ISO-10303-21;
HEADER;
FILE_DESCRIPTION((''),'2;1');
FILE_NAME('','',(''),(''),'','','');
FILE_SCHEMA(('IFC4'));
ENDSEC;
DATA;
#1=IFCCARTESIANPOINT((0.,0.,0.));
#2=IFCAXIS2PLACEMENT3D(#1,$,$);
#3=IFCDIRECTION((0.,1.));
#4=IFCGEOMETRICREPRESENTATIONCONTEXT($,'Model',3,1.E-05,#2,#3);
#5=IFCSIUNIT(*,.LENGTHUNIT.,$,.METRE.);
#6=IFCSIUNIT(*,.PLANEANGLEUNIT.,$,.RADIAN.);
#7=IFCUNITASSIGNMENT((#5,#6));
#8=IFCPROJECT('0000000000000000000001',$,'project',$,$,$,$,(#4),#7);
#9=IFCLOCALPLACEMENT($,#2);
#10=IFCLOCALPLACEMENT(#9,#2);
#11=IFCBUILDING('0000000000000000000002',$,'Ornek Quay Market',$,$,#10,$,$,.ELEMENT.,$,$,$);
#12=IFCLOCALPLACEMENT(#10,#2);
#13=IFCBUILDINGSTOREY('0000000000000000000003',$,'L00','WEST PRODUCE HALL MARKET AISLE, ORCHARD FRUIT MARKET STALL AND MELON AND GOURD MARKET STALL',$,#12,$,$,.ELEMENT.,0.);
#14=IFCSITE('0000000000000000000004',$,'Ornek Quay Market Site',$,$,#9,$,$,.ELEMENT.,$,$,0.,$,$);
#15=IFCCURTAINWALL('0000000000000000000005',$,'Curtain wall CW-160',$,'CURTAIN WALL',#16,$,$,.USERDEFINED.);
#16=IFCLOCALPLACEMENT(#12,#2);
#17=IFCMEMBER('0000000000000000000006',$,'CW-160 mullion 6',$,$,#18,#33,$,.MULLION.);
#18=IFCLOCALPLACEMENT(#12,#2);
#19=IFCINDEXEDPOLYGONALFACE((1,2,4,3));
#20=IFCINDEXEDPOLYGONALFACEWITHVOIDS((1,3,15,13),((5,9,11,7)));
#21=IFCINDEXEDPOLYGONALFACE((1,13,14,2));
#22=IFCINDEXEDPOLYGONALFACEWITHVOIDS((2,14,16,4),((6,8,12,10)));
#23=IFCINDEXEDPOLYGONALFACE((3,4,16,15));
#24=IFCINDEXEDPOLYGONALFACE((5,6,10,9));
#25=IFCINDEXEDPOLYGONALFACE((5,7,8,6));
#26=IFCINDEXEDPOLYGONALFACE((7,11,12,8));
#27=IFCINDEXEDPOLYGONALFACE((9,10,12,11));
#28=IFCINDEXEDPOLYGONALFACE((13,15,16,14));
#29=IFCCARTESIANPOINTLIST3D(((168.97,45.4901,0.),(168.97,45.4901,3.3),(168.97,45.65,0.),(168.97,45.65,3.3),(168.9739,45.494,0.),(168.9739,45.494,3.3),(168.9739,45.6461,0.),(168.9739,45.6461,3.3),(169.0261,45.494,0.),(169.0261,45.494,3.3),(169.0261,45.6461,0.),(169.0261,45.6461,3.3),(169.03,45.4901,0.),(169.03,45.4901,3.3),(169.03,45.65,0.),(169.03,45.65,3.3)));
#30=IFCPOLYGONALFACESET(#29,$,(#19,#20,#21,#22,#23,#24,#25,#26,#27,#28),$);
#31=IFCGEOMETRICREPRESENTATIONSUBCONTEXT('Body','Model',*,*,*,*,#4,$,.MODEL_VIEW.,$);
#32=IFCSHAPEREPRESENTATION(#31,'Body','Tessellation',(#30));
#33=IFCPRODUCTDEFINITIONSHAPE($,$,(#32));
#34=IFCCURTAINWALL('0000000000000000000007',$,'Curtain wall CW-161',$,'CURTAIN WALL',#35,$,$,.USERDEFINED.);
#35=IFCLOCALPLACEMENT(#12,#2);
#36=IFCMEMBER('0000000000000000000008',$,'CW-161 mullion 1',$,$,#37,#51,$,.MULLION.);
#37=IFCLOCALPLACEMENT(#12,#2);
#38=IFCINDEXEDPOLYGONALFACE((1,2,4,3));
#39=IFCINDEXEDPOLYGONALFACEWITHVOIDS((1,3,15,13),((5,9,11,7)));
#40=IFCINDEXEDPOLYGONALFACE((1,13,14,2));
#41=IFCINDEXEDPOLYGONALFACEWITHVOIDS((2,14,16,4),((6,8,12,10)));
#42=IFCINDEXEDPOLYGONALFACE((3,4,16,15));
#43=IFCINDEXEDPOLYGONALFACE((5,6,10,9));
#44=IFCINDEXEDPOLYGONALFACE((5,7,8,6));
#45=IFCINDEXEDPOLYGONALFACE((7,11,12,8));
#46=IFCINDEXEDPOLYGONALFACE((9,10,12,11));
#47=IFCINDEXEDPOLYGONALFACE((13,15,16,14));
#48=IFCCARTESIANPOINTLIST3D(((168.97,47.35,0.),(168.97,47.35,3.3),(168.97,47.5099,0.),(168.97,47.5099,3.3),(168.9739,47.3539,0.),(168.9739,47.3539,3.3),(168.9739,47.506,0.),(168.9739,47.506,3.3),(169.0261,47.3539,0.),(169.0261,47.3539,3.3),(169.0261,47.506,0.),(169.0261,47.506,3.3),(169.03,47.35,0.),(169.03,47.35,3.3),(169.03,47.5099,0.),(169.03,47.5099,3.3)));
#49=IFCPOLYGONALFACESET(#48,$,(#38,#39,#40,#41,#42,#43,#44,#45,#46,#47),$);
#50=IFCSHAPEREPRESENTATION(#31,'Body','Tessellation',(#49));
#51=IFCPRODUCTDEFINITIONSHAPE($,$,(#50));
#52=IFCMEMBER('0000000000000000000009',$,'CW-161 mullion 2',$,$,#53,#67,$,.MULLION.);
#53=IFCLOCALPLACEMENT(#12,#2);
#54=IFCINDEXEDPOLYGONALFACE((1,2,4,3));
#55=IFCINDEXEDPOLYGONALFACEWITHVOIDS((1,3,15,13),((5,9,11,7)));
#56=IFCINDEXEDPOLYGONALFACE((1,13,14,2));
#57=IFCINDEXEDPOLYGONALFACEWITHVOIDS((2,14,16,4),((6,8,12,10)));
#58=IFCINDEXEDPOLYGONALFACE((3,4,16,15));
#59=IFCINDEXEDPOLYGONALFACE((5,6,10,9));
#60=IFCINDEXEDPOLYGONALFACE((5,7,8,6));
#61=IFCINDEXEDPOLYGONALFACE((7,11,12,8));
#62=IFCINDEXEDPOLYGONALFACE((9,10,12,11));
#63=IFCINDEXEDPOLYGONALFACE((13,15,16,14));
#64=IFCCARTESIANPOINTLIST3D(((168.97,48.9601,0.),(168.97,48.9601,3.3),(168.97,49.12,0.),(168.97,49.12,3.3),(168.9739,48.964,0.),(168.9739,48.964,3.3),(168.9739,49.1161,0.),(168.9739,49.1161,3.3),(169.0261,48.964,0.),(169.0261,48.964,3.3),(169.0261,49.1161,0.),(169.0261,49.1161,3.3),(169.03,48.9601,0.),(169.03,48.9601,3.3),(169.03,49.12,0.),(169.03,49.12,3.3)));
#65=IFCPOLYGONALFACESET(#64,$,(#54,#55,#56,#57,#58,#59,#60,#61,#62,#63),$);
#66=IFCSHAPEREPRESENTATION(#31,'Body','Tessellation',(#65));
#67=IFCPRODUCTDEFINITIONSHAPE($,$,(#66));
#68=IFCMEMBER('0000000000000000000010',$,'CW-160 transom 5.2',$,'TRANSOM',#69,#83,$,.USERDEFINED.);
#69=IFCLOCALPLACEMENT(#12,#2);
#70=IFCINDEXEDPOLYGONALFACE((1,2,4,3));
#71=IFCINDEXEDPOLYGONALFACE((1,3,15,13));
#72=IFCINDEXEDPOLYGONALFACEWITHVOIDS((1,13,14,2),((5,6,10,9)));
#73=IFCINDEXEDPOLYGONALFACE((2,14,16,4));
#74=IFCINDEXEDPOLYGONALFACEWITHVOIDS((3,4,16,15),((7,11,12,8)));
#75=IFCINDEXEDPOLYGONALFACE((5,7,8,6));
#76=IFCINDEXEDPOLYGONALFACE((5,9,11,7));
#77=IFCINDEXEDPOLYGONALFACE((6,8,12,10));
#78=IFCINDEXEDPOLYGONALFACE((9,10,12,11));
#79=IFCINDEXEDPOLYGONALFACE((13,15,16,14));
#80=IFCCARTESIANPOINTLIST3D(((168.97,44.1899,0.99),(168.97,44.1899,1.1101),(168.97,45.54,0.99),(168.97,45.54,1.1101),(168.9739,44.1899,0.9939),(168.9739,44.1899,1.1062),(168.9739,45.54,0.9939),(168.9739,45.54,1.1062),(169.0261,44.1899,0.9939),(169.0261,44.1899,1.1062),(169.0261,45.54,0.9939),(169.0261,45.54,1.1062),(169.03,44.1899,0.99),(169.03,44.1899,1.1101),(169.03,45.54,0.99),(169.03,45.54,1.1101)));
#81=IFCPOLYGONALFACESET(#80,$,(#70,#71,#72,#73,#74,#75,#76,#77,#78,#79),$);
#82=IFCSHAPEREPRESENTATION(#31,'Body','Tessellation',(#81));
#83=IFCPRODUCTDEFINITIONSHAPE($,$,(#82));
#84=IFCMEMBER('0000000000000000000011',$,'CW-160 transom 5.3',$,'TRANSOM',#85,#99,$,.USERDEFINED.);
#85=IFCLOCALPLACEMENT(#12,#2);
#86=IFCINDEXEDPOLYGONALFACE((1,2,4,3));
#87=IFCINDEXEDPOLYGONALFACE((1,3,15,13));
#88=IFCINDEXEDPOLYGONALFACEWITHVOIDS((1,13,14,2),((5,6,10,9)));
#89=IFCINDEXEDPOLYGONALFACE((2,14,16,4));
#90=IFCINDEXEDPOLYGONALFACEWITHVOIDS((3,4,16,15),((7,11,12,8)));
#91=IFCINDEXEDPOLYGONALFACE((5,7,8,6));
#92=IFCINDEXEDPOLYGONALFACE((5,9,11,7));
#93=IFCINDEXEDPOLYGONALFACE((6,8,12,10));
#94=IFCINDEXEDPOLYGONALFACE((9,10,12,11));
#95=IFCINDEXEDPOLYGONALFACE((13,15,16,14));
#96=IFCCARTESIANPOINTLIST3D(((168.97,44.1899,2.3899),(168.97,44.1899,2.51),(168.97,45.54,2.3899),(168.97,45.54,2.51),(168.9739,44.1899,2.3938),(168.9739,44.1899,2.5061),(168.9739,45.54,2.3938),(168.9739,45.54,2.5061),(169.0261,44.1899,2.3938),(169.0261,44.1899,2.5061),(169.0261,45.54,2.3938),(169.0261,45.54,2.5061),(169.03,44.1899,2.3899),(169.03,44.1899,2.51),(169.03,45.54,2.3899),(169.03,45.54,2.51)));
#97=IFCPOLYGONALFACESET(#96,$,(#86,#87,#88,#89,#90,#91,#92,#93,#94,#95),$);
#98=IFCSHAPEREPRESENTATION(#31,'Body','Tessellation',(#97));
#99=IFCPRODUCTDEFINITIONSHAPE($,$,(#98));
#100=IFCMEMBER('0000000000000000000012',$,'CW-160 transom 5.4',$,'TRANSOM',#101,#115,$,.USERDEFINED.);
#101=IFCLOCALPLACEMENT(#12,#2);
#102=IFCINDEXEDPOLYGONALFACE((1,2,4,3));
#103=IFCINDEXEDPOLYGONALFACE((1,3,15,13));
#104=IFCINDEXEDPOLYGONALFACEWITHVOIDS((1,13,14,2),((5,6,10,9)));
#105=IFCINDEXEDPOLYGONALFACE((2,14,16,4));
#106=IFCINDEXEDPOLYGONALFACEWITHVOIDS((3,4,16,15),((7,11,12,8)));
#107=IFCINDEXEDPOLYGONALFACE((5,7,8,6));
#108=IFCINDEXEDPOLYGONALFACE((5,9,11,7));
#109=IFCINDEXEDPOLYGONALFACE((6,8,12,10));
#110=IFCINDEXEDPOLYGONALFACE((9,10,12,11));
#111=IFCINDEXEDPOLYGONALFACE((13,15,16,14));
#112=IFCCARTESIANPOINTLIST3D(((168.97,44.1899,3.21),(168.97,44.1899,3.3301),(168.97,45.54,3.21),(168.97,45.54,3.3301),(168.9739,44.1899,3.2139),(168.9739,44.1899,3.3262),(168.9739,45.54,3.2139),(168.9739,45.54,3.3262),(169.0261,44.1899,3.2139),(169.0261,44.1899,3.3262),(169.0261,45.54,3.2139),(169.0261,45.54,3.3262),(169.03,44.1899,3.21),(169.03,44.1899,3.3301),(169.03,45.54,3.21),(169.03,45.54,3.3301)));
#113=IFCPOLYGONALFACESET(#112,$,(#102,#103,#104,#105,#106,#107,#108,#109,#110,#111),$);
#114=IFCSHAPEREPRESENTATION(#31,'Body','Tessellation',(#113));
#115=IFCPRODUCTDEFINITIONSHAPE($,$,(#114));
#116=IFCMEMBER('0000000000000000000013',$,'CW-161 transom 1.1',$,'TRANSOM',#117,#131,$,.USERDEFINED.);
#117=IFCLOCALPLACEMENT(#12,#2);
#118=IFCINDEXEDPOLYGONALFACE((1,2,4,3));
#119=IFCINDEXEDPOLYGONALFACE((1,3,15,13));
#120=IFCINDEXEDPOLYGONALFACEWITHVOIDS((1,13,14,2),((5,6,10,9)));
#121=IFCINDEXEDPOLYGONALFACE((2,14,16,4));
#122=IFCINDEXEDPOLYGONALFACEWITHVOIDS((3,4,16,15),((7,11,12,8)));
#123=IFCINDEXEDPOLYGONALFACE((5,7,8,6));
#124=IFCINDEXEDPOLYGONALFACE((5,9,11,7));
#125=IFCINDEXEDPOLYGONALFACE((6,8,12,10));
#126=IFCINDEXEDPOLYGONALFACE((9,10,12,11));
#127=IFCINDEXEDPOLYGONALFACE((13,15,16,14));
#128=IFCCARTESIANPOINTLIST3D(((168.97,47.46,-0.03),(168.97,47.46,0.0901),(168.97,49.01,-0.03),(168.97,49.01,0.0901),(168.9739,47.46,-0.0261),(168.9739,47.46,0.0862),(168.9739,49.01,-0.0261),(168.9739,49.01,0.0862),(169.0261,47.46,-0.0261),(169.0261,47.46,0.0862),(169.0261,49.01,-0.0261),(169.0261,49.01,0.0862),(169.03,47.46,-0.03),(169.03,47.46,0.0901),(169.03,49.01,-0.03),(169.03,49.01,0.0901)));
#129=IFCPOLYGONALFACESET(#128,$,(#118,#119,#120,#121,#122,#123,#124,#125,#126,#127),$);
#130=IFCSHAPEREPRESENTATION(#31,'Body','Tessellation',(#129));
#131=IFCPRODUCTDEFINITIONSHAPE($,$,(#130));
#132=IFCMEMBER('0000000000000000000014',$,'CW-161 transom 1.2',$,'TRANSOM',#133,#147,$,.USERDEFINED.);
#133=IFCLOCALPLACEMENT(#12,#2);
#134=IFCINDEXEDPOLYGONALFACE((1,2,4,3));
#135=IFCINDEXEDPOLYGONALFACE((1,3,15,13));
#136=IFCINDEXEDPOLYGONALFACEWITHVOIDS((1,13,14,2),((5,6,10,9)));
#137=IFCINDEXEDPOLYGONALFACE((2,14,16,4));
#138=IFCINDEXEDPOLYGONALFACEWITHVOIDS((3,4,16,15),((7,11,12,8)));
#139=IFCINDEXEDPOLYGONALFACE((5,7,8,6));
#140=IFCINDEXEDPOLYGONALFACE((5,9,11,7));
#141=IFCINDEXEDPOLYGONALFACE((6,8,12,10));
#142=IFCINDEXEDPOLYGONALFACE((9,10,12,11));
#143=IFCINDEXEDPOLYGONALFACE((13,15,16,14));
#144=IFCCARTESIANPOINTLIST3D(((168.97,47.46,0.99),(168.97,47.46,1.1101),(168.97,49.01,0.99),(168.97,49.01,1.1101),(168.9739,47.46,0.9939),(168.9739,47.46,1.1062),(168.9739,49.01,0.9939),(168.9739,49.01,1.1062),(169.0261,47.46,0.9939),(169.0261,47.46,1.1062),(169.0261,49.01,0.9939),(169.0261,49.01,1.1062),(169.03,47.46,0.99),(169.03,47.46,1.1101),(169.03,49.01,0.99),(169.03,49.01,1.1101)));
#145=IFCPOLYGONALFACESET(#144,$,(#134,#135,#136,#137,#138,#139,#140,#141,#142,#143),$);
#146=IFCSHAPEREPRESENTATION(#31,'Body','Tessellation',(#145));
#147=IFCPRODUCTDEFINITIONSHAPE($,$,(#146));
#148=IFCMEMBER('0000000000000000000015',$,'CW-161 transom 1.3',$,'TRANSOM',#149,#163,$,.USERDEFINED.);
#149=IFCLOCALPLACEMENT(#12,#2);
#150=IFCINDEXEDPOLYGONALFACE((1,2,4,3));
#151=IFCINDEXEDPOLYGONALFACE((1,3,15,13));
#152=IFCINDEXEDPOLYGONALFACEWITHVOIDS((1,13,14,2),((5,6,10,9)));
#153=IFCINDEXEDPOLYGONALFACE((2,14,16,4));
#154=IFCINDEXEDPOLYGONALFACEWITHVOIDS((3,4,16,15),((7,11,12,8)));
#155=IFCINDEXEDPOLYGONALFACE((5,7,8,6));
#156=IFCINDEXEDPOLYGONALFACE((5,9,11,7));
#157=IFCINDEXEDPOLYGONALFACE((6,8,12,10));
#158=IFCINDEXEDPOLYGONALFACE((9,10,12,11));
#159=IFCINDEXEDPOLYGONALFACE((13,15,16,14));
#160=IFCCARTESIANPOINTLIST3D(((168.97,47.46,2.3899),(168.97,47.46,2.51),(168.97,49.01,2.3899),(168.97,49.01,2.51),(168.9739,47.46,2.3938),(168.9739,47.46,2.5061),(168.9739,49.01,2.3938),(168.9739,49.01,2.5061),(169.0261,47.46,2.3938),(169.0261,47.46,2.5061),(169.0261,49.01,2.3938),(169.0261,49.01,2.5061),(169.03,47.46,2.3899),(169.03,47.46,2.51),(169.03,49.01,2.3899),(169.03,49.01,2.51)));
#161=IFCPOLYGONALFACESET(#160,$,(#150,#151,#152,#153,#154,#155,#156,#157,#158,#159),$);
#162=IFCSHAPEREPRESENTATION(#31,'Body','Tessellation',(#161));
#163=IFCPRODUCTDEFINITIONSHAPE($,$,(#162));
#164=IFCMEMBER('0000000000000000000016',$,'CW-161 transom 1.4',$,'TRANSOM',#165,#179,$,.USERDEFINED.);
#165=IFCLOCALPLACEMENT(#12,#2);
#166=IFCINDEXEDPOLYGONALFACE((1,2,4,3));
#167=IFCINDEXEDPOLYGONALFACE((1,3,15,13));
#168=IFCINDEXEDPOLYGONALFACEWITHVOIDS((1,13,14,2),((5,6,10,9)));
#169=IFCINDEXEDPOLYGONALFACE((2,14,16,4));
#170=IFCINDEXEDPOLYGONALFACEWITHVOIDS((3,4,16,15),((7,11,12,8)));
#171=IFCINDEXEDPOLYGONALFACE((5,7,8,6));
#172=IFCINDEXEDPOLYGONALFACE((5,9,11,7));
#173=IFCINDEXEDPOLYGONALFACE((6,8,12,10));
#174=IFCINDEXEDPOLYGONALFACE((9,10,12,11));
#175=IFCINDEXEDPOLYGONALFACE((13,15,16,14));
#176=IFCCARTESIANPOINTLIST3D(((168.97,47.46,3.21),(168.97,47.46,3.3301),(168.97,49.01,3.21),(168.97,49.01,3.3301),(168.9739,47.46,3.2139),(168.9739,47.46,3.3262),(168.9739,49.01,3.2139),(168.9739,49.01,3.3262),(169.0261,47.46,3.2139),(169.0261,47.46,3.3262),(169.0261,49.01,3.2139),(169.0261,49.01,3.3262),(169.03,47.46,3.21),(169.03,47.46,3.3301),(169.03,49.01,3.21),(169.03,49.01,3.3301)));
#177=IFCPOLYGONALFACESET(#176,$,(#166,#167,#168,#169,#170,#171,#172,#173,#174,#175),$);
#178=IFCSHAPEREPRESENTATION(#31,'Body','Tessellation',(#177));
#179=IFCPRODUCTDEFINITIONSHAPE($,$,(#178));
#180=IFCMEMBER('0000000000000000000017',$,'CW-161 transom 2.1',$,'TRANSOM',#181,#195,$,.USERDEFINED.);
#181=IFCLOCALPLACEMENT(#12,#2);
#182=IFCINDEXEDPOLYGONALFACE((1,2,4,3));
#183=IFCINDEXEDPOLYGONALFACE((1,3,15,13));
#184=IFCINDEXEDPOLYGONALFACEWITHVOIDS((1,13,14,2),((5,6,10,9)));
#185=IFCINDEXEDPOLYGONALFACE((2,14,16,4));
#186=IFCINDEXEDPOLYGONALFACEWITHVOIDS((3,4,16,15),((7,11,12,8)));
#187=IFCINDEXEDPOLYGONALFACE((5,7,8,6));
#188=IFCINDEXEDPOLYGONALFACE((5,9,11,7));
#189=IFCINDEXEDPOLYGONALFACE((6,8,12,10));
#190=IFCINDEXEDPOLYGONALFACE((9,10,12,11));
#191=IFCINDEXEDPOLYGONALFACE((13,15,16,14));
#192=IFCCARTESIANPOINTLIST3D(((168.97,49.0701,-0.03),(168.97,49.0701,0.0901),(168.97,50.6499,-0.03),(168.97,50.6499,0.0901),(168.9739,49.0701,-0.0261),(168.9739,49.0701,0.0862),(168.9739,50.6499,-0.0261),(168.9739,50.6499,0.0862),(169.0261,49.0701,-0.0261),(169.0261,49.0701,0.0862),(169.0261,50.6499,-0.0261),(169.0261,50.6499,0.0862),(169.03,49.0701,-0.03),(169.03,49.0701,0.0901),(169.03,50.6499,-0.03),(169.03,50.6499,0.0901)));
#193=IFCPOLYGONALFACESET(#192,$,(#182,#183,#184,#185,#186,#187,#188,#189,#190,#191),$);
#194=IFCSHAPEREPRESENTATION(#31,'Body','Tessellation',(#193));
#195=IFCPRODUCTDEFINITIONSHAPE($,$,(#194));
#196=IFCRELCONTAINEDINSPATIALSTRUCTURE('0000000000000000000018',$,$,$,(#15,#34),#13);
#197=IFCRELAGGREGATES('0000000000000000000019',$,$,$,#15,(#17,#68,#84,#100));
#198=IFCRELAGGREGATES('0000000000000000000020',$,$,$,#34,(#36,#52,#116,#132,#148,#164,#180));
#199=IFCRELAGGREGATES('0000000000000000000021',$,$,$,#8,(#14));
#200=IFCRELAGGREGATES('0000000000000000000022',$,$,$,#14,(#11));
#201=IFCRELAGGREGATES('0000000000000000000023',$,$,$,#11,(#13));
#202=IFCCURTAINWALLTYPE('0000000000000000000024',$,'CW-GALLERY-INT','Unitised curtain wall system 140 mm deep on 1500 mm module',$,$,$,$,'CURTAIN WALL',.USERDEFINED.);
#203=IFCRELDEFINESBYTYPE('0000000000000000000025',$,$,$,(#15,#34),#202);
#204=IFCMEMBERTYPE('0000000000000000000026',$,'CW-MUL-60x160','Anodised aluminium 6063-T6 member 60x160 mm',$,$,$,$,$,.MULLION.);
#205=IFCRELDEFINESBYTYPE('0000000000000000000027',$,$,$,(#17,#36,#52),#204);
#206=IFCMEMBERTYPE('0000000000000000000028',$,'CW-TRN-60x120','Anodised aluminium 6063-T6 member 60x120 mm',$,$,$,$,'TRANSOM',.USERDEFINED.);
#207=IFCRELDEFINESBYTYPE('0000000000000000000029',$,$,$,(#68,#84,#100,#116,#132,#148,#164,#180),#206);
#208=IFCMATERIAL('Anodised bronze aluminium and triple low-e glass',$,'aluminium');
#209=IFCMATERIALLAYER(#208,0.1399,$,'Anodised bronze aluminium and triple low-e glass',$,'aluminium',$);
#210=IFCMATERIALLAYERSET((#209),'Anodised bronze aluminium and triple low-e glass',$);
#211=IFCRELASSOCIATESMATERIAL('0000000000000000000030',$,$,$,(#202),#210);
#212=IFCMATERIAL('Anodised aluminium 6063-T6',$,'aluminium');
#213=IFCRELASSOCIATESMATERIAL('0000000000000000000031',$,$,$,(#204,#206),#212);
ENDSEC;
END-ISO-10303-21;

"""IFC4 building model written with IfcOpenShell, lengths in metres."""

from ifc_helpers import new_model, si_unit, direction, frame, origin, origin_2d, place, context, subcontext, project, spatial, hollow_rectangle, extrude, material, layer, layer_set, material_profile, profile_set, type_object, element, aggregate, save


model = new_model("IFC4")

# Units and contexts
model_context = context("Model", 3, precision=1e-05, world=origin(), true_north=direction((0.0, 1.0)))
body_context = subcontext(model_context, "Body", "Model", "MODEL_VIEW")
ifc_project = project(units=[si_unit("LENGTHUNIT", "METRE"), si_unit("PLANEANGLEUNIT", "RADIAN")], contexts=[model_context])

# Site, building, storey
site_placement = place(None, origin())
site = spatial("IfcSite", under=ifc_project, at=site_placement, Name="Ornek Quay Market Site", CompositionType="ELEMENT", RefElevation=0.0)
building_placement = place(site_placement, origin())
building = spatial("IfcBuilding", under=site, at=building_placement, Name="Ornek Quay Market", CompositionType="ELEMENT")
storey_placement = place(building_placement, origin())
storey = spatial("IfcBuildingStorey", under=building, at=storey_placement, Name="L00", Description="WEST PRODUCE HALL MARKET AISLE, ORCHARD FRUIT MARKET STALL AND MELON AND GOURD MARKET STALL", CompositionType="ELEMENT", Elevation=0.0)

# Curtain wall, member
ifc_material_1 = material(Name="Anodised bronze aluminium and triple low-e glass", Category="aluminium")
ifc_layer_1 = layer(ifc_material_1, 0.1399, Name="Anodised bronze aluminium and triple low-e glass", Category="aluminium")
ifc_layer_set_1 = layer_set([ifc_layer_1], Name="Anodised bronze aluminium and triple low-e glass")
curtain_wall_type = type_object("IfcCurtainWallType", Name="CW-GALLERY-INT", Description="Unitised curtain wall system 140 mm deep on 1500 mm module", ElementType="CURTAIN WALL", PredefinedType="USERDEFINED", material=ifc_layer_set_1)
curtain_wall_1_placement = place(storey_placement, origin())
curtain_wall_1 = element("IfcCurtainWall", 1, at=curtain_wall_1_placement, inside=storey, type_object=curtain_wall_type, Name="Curtain wall CW-160", ObjectType="CURTAIN WALL", PredefinedType="USERDEFINED")
ifc_material_2 = material(Name="Anodised aluminium 6063-T6", Category="aluminium")
ifc_material_profile_1 = material_profile(ifc_material_2, hollow_rectangle(XDim=0.0601, YDim=0.1599, WallThickness=0.0039, at=origin_2d()), Name="CW-MUL-60x160", Category="aluminium")
ifc_profile_set_1 = profile_set([ifc_material_profile_1], Name="Anodised aluminium 6063-T6")
member_type_1 = type_object("IfcMemberType", Name="CW-MUL-60x160", Description="Anodised aluminium 6063-T6 member 60x160 mm", PredefinedType="MULLION", material=ifc_profile_set_1)
member_1_placement = place(storey_placement, frame((169.0, 45.5701, 0.0), z_axis=(0.0, 0.0, 1.0), x_axis=(-1.0, 0.0, 0.0)))
member_1 = element("IfcMember", 2, at=member_1_placement, type_object=member_type_1, Name="CW-160 mullion 6", PredefinedType="MULLION", context=body_context, shape_type="SweptSolid", body=[
    extrude(hollow_rectangle(XDim=0.0601, YDim=0.1599, WallThickness=0.0039, at=origin_2d()), origin(), (0.0, 0.0, 1.0), 3.3),
])

# Curtain wall, members
curtain_wall_2_placement = place(storey_placement, origin())
curtain_wall_2 = element("IfcCurtainWall", 3, at=curtain_wall_2_placement, inside=storey, type_object=curtain_wall_type, Name="Curtain wall CW-161", ObjectType="CURTAIN WALL", PredefinedType="USERDEFINED")
member_2_placement = place(storey_placement, frame((169.0, 47.4299, 0.0), z_axis=(0.0, 0.0, 1.0), x_axis=(-1.0, 0.0, 0.0)))
member_2 = element("IfcMember", 4, at=member_2_placement, type_object=member_type_1, Name="CW-161 mullion 1", PredefinedType="MULLION", context=body_context, shape_type="SweptSolid", body=[
    extrude(hollow_rectangle(XDim=0.0601, YDim=0.1599, WallThickness=0.0039, at=origin_2d()), origin(), (0.0, 0.0, 1.0), 3.3),
])
member_3_placement = place(storey_placement, frame((169.0, 49.04, 0.0), z_axis=(0.0, 0.0, 1.0), x_axis=(-1.0, 0.0, 0.0)))
member_3 = element("IfcMember", 5, at=member_3_placement, type_object=member_type_1, Name="CW-161 mullion 2", PredefinedType="MULLION", context=body_context, shape_type="SweptSolid", body=[
    extrude(hollow_rectangle(XDim=0.0601, YDim=0.1599, WallThickness=0.0039, at=origin_2d()), origin(), (0.0, 0.0, 1.0), 3.3),
])

# Members
ifc_material_profile_2 = material_profile(ifc_material_2, hollow_rectangle(XDim=0.0601, YDim=0.1201, WallThickness=0.0039, at=origin_2d()), Name="CW-TRN-60x120", Category="aluminium")
ifc_profile_set_2 = profile_set([ifc_material_profile_2], Name="Anodised aluminium 6063-T6")
member_type_2 = type_object("IfcMemberType", Name="CW-TRN-60x120", Description="Anodised aluminium 6063-T6 member 60x120 mm", ElementType="TRANSOM", PredefinedType="USERDEFINED", material=ifc_profile_set_2)
member_4_placement = place(storey_placement, frame((169.0, 44.1899, 1.05), z_axis=(0.0, 1.0, 0.0), x_axis=(-1.0, 0.0, 0.0)))
member_4 = element("IfcMember", 6, at=member_4_placement, type_object=member_type_2, Name="CW-160 transom 5.2", ObjectType="TRANSOM", PredefinedType="USERDEFINED", context=body_context, shape_type="SweptSolid", body=[
    extrude(hollow_rectangle(XDim=0.0601, YDim=0.1201, WallThickness=0.0039, at=origin_2d()), origin(), (0.0, 0.0, 1.0), 1.3501),
])
member_5_placement = place(storey_placement, frame((169.0, 44.1899, 2.45), z_axis=(0.0, 1.0, 0.0), x_axis=(-1.0, 0.0, 0.0)))
member_5 = element("IfcMember", 7, at=member_5_placement, type_object=member_type_2, Name="CW-160 transom 5.3", ObjectType="TRANSOM", PredefinedType="USERDEFINED", context=body_context, shape_type="SweptSolid", body=[
    extrude(hollow_rectangle(XDim=0.0601, YDim=0.1201, WallThickness=0.0039, at=origin_2d()), origin(), (0.0, 0.0, 1.0), 1.3501),
])
member_6_placement = place(storey_placement, frame((169.0, 44.1899, 3.27), z_axis=(0.0, 1.0, 0.0), x_axis=(-1.0, 0.0, 0.0)))
member_6 = element("IfcMember", 8, at=member_6_placement, type_object=member_type_2, Name="CW-160 transom 5.4", ObjectType="TRANSOM", PredefinedType="USERDEFINED", context=body_context, shape_type="SweptSolid", body=[
    extrude(hollow_rectangle(XDim=0.0601, YDim=0.1201, WallThickness=0.0039, at=origin_2d()), origin(), (0.0, 0.0, 1.0), 1.3501),
])
member_7_placement = place(storey_placement, frame((169.0, 47.46, 0.03), z_axis=(0.0, 1.0, 0.0), x_axis=(-1.0, 0.0, 0.0)))
member_7 = element("IfcMember", 9, at=member_7_placement, type_object=member_type_2, Name="CW-161 transom 1.1", ObjectType="TRANSOM", PredefinedType="USERDEFINED", context=body_context, shape_type="SweptSolid", body=[
    extrude(hollow_rectangle(XDim=0.0601, YDim=0.1201, WallThickness=0.0039, at=origin_2d()), origin(), (0.0, 0.0, 1.0), 1.55),
])
member_8_placement = place(storey_placement, frame((169.0, 47.46, 1.05), z_axis=(0.0, 1.0, 0.0), x_axis=(-1.0, 0.0, 0.0)))
member_8 = element("IfcMember", 10, at=member_8_placement, type_object=member_type_2, Name="CW-161 transom 1.2", ObjectType="TRANSOM", PredefinedType="USERDEFINED", context=body_context, shape_type="SweptSolid", body=[
    extrude(hollow_rectangle(XDim=0.0601, YDim=0.1201, WallThickness=0.0039, at=origin_2d()), origin(), (0.0, 0.0, 1.0), 1.55),
])
member_9_placement = place(storey_placement, frame((169.0, 47.46, 2.45), z_axis=(0.0, 1.0, 0.0), x_axis=(-1.0, 0.0, 0.0)))
member_9 = element("IfcMember", 11, at=member_9_placement, type_object=member_type_2, Name="CW-161 transom 1.3", ObjectType="TRANSOM", PredefinedType="USERDEFINED", context=body_context, shape_type="SweptSolid", body=[
    extrude(hollow_rectangle(XDim=0.0601, YDim=0.1201, WallThickness=0.0039, at=origin_2d()), origin(), (0.0, 0.0, 1.0), 1.55),
])
member_10_placement = place(storey_placement, frame((169.0, 47.46, 3.27), z_axis=(0.0, 1.0, 0.0), x_axis=(-1.0, 0.0, 0.0)))
member_10 = element("IfcMember", 12, at=member_10_placement, type_object=member_type_2, Name="CW-161 transom 1.4", ObjectType="TRANSOM", PredefinedType="USERDEFINED", context=body_context, shape_type="SweptSolid", body=[
    extrude(hollow_rectangle(XDim=0.0601, YDim=0.1201, WallThickness=0.0039, at=origin_2d()), origin(), (0.0, 0.0, 1.0), 1.55),
])
member_11_placement = place(storey_placement, frame((169.0, 49.0701, 0.03), z_axis=(0.0, 1.0, 0.0), x_axis=(-1.0, 0.0, 0.0)))
member_11 = element("IfcMember", 13, at=member_11_placement, type_object=member_type_2, Name="CW-161 transom 2.1", ObjectType="TRANSOM", PredefinedType="USERDEFINED", context=body_context, shape_type="SweptSolid", body=[
    extrude(hollow_rectangle(XDim=0.0601, YDim=0.1201, WallThickness=0.0039, at=origin_2d()), origin(), (0.0, 0.0, 1.0), 1.5798),
])

aggregate(curtain_wall_1, [member_1, member_4, member_5, member_6])
aggregate(curtain_wall_2, [member_2, member_3, member_7, member_8, member_9, member_10, member_11])

save(model, "model.ifc")
